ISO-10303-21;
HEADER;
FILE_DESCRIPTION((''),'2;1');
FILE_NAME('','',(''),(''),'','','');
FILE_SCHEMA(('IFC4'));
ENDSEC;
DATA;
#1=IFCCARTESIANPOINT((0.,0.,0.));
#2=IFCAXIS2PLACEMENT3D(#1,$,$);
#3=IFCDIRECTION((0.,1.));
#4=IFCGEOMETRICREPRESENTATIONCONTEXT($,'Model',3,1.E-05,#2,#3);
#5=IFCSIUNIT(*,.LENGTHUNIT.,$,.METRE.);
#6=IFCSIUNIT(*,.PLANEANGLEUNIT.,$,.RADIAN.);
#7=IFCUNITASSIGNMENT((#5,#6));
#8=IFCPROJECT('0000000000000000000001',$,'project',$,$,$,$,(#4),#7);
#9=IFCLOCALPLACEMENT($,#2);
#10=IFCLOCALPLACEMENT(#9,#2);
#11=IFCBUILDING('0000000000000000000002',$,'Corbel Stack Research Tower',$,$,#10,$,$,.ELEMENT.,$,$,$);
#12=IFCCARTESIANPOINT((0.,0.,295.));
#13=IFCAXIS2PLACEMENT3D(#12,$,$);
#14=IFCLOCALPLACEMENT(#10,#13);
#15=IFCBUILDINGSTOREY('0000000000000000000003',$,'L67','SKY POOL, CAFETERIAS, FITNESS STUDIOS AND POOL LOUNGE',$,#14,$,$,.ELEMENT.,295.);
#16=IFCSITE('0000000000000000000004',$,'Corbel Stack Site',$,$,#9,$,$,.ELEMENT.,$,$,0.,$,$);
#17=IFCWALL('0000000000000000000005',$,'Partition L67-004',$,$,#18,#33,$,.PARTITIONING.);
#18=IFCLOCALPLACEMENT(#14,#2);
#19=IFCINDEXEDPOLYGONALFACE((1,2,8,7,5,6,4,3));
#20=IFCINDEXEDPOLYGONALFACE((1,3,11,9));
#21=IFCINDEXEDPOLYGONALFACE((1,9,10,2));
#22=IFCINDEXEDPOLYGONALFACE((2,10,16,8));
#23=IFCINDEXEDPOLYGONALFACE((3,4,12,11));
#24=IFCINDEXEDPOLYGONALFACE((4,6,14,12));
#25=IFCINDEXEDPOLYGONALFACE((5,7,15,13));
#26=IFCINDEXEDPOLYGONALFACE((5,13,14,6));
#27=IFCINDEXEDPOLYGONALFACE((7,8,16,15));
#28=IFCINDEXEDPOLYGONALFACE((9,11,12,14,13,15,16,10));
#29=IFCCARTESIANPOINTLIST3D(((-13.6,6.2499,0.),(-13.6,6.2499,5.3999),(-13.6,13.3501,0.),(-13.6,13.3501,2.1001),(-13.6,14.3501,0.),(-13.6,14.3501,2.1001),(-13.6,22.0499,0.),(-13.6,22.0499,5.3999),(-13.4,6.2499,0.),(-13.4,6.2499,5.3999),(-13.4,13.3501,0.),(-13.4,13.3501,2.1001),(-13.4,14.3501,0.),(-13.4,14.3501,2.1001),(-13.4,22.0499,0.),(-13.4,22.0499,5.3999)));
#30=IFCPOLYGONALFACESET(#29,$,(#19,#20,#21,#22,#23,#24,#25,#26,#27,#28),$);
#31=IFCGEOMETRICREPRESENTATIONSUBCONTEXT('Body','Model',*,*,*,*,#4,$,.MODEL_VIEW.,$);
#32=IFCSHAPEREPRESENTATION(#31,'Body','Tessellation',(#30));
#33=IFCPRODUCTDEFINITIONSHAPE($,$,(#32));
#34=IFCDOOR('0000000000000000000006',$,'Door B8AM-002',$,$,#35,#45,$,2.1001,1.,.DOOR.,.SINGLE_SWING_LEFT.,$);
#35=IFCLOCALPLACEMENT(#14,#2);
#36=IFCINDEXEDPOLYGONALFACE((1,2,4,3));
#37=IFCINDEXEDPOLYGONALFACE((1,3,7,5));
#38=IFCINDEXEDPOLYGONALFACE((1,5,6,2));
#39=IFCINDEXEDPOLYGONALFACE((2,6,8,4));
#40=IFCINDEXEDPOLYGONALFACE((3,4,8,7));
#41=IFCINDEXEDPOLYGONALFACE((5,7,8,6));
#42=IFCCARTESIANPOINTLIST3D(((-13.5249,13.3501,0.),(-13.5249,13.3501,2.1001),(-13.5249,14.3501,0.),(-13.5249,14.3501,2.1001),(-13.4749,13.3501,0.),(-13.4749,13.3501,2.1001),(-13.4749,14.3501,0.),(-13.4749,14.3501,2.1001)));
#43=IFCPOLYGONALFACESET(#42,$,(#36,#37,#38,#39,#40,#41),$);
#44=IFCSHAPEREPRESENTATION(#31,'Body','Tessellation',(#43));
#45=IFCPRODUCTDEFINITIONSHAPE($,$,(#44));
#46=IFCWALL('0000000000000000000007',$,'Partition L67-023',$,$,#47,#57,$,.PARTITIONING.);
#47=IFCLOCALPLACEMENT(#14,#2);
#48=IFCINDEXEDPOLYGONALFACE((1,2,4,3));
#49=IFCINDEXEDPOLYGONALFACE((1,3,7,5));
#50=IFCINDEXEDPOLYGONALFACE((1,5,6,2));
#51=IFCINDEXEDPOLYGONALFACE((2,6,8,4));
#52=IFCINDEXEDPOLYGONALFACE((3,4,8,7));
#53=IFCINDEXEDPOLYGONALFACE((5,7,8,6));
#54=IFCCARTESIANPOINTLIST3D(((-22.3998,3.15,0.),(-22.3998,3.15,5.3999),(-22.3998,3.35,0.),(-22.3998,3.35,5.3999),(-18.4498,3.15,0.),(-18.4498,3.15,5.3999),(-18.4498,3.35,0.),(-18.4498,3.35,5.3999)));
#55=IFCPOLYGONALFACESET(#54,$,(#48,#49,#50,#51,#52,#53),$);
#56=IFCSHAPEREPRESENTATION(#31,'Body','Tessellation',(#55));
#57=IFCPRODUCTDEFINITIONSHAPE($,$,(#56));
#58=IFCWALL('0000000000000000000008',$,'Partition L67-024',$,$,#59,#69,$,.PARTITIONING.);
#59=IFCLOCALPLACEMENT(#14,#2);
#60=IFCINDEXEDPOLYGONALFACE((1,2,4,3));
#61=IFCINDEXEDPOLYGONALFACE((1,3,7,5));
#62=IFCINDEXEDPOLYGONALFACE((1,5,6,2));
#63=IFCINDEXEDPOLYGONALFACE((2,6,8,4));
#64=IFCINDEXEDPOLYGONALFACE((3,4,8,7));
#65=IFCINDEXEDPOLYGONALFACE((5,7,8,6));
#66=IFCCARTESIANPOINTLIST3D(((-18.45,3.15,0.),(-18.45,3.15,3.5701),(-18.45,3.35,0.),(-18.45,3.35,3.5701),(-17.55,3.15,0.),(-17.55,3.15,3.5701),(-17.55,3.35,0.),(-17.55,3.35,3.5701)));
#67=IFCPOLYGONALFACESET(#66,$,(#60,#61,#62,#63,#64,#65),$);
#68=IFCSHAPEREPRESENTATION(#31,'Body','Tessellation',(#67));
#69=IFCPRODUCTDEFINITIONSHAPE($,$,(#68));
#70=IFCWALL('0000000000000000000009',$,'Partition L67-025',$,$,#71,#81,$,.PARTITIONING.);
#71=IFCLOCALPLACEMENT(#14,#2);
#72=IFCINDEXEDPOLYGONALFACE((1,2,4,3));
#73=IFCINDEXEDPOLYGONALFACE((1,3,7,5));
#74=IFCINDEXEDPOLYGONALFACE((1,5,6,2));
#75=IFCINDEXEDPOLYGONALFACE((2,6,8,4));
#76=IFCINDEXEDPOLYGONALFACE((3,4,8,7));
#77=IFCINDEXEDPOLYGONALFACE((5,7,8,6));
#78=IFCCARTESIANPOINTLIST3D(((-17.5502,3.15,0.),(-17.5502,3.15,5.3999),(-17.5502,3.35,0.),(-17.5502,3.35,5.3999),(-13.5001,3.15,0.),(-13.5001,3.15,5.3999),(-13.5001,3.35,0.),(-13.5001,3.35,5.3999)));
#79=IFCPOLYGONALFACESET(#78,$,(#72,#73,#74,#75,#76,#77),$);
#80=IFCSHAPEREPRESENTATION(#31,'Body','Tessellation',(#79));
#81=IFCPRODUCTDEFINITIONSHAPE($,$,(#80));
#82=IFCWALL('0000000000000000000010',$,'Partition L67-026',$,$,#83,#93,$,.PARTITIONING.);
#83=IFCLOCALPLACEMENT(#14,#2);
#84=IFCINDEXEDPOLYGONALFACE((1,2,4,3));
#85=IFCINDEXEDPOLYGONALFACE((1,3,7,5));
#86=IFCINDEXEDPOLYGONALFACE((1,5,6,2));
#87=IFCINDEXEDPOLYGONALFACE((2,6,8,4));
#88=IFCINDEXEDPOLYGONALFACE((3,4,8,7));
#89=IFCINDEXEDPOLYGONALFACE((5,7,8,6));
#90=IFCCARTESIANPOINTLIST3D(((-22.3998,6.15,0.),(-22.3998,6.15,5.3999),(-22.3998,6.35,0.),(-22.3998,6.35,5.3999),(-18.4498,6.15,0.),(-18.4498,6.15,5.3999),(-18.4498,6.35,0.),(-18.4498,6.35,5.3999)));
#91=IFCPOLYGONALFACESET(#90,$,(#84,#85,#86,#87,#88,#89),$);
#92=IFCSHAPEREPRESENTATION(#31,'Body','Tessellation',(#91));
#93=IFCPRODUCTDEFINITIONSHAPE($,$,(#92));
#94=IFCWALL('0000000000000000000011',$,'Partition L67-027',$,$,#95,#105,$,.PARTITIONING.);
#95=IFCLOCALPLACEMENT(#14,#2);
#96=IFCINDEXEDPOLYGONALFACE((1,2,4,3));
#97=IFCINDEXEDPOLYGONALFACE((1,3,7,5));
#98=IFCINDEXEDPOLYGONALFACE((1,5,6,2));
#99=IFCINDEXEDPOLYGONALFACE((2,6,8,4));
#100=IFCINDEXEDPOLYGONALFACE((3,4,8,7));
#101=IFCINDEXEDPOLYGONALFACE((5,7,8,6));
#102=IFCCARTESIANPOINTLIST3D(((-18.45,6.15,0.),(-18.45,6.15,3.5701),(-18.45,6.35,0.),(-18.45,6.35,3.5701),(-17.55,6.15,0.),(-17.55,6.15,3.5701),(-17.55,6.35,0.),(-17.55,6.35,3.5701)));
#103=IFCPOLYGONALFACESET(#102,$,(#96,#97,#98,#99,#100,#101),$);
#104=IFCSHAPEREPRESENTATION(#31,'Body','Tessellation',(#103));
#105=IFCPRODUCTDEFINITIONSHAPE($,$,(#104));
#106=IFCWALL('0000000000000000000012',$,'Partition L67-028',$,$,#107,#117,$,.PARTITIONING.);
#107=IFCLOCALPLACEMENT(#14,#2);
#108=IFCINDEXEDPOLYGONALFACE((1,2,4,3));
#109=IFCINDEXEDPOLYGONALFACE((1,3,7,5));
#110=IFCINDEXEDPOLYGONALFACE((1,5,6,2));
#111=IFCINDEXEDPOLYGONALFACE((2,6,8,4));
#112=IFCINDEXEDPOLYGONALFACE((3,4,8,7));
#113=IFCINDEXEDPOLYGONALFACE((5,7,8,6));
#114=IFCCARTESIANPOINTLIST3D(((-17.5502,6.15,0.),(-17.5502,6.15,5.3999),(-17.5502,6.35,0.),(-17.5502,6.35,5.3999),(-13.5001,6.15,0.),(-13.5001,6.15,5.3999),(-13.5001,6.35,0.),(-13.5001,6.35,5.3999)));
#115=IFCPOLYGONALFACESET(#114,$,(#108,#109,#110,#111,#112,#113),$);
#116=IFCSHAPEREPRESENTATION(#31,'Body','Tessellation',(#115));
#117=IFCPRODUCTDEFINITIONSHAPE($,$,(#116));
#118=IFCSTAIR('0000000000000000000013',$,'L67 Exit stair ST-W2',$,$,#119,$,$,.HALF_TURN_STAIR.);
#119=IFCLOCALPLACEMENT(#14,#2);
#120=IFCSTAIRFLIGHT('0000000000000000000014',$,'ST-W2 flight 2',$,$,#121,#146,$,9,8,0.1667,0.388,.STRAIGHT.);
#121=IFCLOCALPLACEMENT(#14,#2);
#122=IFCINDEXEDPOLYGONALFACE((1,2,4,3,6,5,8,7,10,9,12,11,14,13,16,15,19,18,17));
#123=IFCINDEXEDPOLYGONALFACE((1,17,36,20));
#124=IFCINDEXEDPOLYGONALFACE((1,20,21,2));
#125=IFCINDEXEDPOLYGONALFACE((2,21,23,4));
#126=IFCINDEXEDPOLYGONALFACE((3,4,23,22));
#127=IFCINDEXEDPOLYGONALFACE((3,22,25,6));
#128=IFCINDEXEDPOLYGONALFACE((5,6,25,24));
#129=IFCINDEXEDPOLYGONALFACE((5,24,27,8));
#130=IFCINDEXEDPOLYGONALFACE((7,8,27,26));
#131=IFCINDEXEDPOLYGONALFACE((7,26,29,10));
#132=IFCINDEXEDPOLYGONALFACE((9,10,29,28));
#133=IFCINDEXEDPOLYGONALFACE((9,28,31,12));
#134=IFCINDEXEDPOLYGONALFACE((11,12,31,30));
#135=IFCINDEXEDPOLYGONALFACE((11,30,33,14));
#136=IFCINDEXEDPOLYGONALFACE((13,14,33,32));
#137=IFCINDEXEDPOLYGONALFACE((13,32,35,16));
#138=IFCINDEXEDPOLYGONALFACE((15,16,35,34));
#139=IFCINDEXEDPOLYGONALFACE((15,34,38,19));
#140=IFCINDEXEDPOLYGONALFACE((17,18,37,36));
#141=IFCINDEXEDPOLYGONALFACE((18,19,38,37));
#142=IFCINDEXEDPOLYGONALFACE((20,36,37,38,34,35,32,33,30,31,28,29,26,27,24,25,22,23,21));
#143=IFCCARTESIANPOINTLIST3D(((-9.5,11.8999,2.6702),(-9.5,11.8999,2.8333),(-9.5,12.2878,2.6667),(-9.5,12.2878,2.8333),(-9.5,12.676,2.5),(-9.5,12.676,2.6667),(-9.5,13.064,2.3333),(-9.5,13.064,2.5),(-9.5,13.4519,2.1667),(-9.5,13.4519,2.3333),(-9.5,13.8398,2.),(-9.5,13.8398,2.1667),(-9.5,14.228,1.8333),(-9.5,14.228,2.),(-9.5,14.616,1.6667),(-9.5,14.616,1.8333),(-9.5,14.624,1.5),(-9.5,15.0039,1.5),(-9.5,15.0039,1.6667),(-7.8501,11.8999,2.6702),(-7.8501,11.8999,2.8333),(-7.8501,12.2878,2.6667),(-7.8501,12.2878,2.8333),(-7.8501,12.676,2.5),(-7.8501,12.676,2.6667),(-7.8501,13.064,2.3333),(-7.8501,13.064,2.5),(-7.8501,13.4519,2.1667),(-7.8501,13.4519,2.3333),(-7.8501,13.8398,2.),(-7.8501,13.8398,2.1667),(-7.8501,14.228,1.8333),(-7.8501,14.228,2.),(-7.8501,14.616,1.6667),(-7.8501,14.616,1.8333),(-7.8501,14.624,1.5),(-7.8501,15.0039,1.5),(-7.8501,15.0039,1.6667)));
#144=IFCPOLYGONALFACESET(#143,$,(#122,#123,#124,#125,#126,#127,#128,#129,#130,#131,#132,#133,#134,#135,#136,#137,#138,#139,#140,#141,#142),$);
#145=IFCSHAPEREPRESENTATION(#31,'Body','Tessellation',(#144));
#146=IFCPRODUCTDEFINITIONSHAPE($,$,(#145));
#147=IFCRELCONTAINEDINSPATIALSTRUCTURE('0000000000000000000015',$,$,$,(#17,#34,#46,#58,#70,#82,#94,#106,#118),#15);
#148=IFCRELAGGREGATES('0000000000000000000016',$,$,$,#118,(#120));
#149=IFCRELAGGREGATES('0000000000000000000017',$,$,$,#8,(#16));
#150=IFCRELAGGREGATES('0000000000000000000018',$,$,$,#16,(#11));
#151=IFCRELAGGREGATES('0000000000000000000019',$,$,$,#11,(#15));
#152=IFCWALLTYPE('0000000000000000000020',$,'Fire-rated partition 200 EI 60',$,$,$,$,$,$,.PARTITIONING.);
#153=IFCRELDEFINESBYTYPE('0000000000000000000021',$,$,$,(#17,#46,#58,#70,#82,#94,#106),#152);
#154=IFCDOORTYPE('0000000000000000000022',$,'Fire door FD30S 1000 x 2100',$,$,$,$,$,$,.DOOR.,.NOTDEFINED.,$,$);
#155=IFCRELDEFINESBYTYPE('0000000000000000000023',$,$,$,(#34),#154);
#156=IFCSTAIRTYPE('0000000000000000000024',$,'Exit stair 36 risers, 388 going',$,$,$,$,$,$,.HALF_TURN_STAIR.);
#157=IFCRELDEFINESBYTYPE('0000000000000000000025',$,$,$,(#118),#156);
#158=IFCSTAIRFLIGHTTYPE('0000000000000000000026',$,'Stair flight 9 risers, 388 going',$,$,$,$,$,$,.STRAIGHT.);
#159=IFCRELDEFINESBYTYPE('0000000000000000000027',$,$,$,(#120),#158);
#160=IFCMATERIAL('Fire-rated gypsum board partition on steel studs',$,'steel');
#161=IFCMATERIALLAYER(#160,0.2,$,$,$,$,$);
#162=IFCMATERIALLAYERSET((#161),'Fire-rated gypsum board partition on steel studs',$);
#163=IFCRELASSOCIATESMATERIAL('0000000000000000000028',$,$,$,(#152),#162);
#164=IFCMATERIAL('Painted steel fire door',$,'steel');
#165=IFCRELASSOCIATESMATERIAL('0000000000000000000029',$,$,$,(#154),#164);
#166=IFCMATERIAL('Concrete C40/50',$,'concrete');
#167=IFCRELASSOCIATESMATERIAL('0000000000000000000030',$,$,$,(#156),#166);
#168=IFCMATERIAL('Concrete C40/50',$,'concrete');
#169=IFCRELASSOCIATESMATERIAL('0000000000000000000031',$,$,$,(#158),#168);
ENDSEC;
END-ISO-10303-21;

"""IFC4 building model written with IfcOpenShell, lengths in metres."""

from ifc_helpers import new_model, si_unit, direction, frame, frame_2d, origin, place, context, subcontext, project, spatial, polyline, rectangle, outline, extrude, material, layer, layer_set, type_object, element, fill, aggregate, save


model = new_model("IFC4")

# Units and contexts
model_context = context("Model", 3, precision=1e-05, world=origin(), true_north=direction((0.0, 1.0)))
body_context = subcontext(model_context, "Body", "Model", "MODEL_VIEW")
ifc_project = project(units=[si_unit("LENGTHUNIT", "METRE"), si_unit("PLANEANGLEUNIT", "RADIAN")], contexts=[model_context])

# Site, building, storey
site_placement = place(None, origin())
site = spatial("IfcSite", under=ifc_project, at=site_placement, Name="Corbel Stack Site", CompositionType="ELEMENT", RefElevation=0.0)
building_placement = place(site_placement, origin())
building = spatial("IfcBuilding", under=site, at=building_placement, Name="Corbel Stack Research Tower", CompositionType="ELEMENT")
storey_placement = place(building_placement, frame((0.0, 0.0, 295.0)))
storey = spatial("IfcBuildingStorey", under=building, at=storey_placement, Name="L67", Description="SKY POOL, CAFETERIAS, FITNESS STUDIOS AND POOL LOUNGE", CompositionType="ELEMENT", Elevation=295.0)

# Wall, opening, door
ifc_material_1 = material(Name="Fire-rated gypsum board partition on steel studs", Category="steel")
ifc_layer_1 = layer(ifc_material_1, 0.2)
ifc_layer_set_1 = layer_set([ifc_layer_1], Name="Fire-rated gypsum board partition on steel studs")
wall_type_1 = type_object("IfcWallType", Name="Fire-rated partition 200 EI 60", PredefinedType="PARTITIONING", material=ifc_layer_set_1)
wall_1_placement = place(storey_placement, frame((-13.5, 6.25, 0.0), z_axis=(0.0, 0.0, 1.0), x_axis=(0.0, 1.0, 0.0)))
wall_1 = element("IfcWall", 1, at=wall_1_placement, inside=storey, type_object=wall_type_1, Name="Partition L67-004", PredefinedType="PARTITIONING", context=body_context, shape_type="SweptSolid", body=[
    extrude(rectangle(XDim=15.8, YDim=0.2, at=frame_2d((7.8999, 0.0))), origin(), (0.0, 0.0, 1.0), 5.3999),
])
opening_1_placement = place(wall_1_placement, frame((7.1001, 0.0, 0.0)))
opening_1 = element("IfcOpeningElement", 2, at=opening_1_placement, cuts=wall_1, PredefinedType="OPENING", context=body_context, shape_type="SweptSolid", body=[
    extrude(rectangle(XDim=1.0, YDim=2.1001, at=frame_2d((0.5, 1.05))), frame((0.0, 0.1099, 0.0), z_axis=(0.0, -1.0, 0.0), x_axis=(1.0, 0.0, 0.0)), (0.0, 0.0, 1.0), 0.22),
])
ifc_material_2 = material(Name="Painted steel fire door", Category="steel")
door_type_1 = type_object("IfcDoorType", Name="Fire door FD30S 1000 x 2100", OperationType="NOTDEFINED", PredefinedType="DOOR", material=ifc_material_2)
door_1_placement = place(opening_1_placement, origin())
door_1 = element("IfcDoor", 3, at=door_1_placement, inside=storey, type_object=door_type_1, Name="Door B8AM-002", OperationType="SINGLE_SWING_LEFT", OverallHeight=2.1001, OverallWidth=1.0, PredefinedType="DOOR", context=body_context, shape_type="SweptSolid", body=[
    extrude(rectangle(XDim=1.0, YDim=2.1001, at=frame_2d((0.5, 1.05))), frame((0.0, 0.0249, 0.0), z_axis=(0.0, -1.0, 0.0), x_axis=(1.0, 0.0, 0.0)), (0.0, 0.0, 1.0), 0.05),
])
fill(opening_1, door_1)

# Walls
wall_2_placement = place(storey_placement, frame((-22.3999, 3.25, 0.0), z_axis=(0.0, 0.0, 1.0), x_axis=(1.0, 0.0, 0.0)))
element("IfcWall", 4, at=wall_2_placement, inside=storey, type_object=wall_type_1, Name="Partition L67-023", PredefinedType="PARTITIONING", context=body_context, shape_type="SweptSolid", body=[
    extrude(rectangle(XDim=3.95, YDim=0.2, at=frame_2d((1.9751, 0.0))), origin(), (0.0, 0.0, 1.0), 5.3999),
])
wall_3_placement = place(storey_placement, frame((-18.45, 3.25, 0.0), z_axis=(0.0, 0.0, 1.0), x_axis=(1.0, 0.0, 0.0)))
element("IfcWall", 5, at=wall_3_placement, inside=storey, type_object=wall_type_1, Name="Partition L67-024", PredefinedType="PARTITIONING", context=body_context, shape_type="SweptSolid", body=[
    extrude(rectangle(XDim=0.8999, YDim=0.2, at=frame_2d((0.45, 0.0))), origin(), (0.0, 0.0, 1.0), 3.5701),
])
wall_4_placement = place(storey_placement, frame((-17.55, 3.25, 0.0), z_axis=(0.0, 0.0, 1.0), x_axis=(1.0, 0.0, 0.0)))
element("IfcWall", 6, at=wall_4_placement, inside=storey, type_object=wall_type_1, Name="Partition L67-025", PredefinedType="PARTITIONING", context=body_context, shape_type="SweptSolid", body=[
    extrude(rectangle(XDim=4.05, YDim=0.2, at=frame_2d((2.0249, 0.0))), origin(), (0.0, 0.0, 1.0), 5.3999),
])
wall_5_placement = place(storey_placement, frame((-22.3999, 6.25, 0.0), z_axis=(0.0, 0.0, 1.0), x_axis=(1.0, 0.0, 0.0)))
element("IfcWall", 7, at=wall_5_placement, inside=storey, type_object=wall_type_1, Name="Partition L67-026", PredefinedType="PARTITIONING", context=body_context, shape_type="SweptSolid", body=[
    extrude(rectangle(XDim=3.95, YDim=0.2, at=frame_2d((1.9751, 0.0))), origin(), (0.0, 0.0, 1.0), 5.3999),
])
wall_6_placement = place(storey_placement, frame((-18.45, 6.25, 0.0), z_axis=(0.0, 0.0, 1.0), x_axis=(1.0, 0.0, 0.0)))
element("IfcWall", 8, at=wall_6_placement, inside=storey, type_object=wall_type_1, Name="Partition L67-027", PredefinedType="PARTITIONING", context=body_context, shape_type="SweptSolid", body=[
    extrude(rectangle(XDim=0.8999, YDim=0.2, at=frame_2d((0.45, 0.0))), origin(), (0.0, 0.0, 1.0), 3.5701),
])
wall_7_placement = place(storey_placement, frame((-17.55, 6.25, 0.0), z_axis=(0.0, 0.0, 1.0), x_axis=(1.0, 0.0, 0.0)))
element("IfcWall", 9, at=wall_7_placement, inside=storey, type_object=wall_type_1, Name="Partition L67-028", PredefinedType="PARTITIONING", context=body_context, shape_type="SweptSolid", body=[
    extrude(rectangle(XDim=4.05, YDim=0.2, at=frame_2d((2.0249, 0.0))), origin(), (0.0, 0.0, 1.0), 5.3999),
])

# Stair, stair flight
ifc_material_3 = material(Name="Concrete C40/50", Category="concrete")
stair_type = type_object("IfcStairType", Name="Exit stair 36 risers, 388 going", PredefinedType="HALF_TURN_STAIR", material=ifc_material_3)
stair_placement = place(storey_placement, origin())
stair = element("IfcStair", 10, at=stair_placement, inside=storey, type_object=stair_type, Name="L67 Exit stair ST-W2", PredefinedType="HALF_TURN_STAIR")
ifc_material_4 = material(Name="Concrete C40/50", Category="concrete")
stair_flight_type = type_object("IfcStairFlightType", Name="Stair flight 9 risers, 388 going", PredefinedType="STRAIGHT", material=ifc_material_4)
stair_flight_placement = place(storey_placement, frame((-8.675, 15.0039, 1.5), z_axis=(0.0, 0.0, 1.0), x_axis=(0.0, -1.0, 0.0)))
stair_flight = element("IfcStairFlight", 11, at=stair_flight_placement, type_object=stair_flight_type, Name="ST-W2 flight 2", NumberOfRisers=9, NumberOfTreads=8, PredefinedType="STRAIGHT", RiserHeight=0.1667, TreadLength=0.388, context=body_context, shape_type="SweptSolid", body=[
    extrude(outline(polyline([(0.0, 0.0), (0.0, 0.1667), (0.3879, 0.1667), (0.3879, 0.3333), (0.7759, 0.3333), (0.7759, 0.5), (1.1641, 0.5), (1.1641, 0.6667), (1.552, 0.6667), (1.552, 0.8333), (1.9399, 0.8333), (1.9399, 1.0), (2.3279, 1.0), (2.3279, 1.1667), (2.7161, 1.1667), (2.7161, 1.3333), (3.104, 1.3333), (3.104, 1.5), (3.104, 1.1702), (0.3799, 0.0), (0.0, 0.0)])), frame((0.0, 0.825, 0.0), z_axis=(0.0, -1.0, 0.0), x_axis=(1.0, 0.0, 0.0)), (0.0, 0.0, 1.0), 1.6499),
])
aggregate(stair, [stair_flight])

save(model, "model.ifc")
